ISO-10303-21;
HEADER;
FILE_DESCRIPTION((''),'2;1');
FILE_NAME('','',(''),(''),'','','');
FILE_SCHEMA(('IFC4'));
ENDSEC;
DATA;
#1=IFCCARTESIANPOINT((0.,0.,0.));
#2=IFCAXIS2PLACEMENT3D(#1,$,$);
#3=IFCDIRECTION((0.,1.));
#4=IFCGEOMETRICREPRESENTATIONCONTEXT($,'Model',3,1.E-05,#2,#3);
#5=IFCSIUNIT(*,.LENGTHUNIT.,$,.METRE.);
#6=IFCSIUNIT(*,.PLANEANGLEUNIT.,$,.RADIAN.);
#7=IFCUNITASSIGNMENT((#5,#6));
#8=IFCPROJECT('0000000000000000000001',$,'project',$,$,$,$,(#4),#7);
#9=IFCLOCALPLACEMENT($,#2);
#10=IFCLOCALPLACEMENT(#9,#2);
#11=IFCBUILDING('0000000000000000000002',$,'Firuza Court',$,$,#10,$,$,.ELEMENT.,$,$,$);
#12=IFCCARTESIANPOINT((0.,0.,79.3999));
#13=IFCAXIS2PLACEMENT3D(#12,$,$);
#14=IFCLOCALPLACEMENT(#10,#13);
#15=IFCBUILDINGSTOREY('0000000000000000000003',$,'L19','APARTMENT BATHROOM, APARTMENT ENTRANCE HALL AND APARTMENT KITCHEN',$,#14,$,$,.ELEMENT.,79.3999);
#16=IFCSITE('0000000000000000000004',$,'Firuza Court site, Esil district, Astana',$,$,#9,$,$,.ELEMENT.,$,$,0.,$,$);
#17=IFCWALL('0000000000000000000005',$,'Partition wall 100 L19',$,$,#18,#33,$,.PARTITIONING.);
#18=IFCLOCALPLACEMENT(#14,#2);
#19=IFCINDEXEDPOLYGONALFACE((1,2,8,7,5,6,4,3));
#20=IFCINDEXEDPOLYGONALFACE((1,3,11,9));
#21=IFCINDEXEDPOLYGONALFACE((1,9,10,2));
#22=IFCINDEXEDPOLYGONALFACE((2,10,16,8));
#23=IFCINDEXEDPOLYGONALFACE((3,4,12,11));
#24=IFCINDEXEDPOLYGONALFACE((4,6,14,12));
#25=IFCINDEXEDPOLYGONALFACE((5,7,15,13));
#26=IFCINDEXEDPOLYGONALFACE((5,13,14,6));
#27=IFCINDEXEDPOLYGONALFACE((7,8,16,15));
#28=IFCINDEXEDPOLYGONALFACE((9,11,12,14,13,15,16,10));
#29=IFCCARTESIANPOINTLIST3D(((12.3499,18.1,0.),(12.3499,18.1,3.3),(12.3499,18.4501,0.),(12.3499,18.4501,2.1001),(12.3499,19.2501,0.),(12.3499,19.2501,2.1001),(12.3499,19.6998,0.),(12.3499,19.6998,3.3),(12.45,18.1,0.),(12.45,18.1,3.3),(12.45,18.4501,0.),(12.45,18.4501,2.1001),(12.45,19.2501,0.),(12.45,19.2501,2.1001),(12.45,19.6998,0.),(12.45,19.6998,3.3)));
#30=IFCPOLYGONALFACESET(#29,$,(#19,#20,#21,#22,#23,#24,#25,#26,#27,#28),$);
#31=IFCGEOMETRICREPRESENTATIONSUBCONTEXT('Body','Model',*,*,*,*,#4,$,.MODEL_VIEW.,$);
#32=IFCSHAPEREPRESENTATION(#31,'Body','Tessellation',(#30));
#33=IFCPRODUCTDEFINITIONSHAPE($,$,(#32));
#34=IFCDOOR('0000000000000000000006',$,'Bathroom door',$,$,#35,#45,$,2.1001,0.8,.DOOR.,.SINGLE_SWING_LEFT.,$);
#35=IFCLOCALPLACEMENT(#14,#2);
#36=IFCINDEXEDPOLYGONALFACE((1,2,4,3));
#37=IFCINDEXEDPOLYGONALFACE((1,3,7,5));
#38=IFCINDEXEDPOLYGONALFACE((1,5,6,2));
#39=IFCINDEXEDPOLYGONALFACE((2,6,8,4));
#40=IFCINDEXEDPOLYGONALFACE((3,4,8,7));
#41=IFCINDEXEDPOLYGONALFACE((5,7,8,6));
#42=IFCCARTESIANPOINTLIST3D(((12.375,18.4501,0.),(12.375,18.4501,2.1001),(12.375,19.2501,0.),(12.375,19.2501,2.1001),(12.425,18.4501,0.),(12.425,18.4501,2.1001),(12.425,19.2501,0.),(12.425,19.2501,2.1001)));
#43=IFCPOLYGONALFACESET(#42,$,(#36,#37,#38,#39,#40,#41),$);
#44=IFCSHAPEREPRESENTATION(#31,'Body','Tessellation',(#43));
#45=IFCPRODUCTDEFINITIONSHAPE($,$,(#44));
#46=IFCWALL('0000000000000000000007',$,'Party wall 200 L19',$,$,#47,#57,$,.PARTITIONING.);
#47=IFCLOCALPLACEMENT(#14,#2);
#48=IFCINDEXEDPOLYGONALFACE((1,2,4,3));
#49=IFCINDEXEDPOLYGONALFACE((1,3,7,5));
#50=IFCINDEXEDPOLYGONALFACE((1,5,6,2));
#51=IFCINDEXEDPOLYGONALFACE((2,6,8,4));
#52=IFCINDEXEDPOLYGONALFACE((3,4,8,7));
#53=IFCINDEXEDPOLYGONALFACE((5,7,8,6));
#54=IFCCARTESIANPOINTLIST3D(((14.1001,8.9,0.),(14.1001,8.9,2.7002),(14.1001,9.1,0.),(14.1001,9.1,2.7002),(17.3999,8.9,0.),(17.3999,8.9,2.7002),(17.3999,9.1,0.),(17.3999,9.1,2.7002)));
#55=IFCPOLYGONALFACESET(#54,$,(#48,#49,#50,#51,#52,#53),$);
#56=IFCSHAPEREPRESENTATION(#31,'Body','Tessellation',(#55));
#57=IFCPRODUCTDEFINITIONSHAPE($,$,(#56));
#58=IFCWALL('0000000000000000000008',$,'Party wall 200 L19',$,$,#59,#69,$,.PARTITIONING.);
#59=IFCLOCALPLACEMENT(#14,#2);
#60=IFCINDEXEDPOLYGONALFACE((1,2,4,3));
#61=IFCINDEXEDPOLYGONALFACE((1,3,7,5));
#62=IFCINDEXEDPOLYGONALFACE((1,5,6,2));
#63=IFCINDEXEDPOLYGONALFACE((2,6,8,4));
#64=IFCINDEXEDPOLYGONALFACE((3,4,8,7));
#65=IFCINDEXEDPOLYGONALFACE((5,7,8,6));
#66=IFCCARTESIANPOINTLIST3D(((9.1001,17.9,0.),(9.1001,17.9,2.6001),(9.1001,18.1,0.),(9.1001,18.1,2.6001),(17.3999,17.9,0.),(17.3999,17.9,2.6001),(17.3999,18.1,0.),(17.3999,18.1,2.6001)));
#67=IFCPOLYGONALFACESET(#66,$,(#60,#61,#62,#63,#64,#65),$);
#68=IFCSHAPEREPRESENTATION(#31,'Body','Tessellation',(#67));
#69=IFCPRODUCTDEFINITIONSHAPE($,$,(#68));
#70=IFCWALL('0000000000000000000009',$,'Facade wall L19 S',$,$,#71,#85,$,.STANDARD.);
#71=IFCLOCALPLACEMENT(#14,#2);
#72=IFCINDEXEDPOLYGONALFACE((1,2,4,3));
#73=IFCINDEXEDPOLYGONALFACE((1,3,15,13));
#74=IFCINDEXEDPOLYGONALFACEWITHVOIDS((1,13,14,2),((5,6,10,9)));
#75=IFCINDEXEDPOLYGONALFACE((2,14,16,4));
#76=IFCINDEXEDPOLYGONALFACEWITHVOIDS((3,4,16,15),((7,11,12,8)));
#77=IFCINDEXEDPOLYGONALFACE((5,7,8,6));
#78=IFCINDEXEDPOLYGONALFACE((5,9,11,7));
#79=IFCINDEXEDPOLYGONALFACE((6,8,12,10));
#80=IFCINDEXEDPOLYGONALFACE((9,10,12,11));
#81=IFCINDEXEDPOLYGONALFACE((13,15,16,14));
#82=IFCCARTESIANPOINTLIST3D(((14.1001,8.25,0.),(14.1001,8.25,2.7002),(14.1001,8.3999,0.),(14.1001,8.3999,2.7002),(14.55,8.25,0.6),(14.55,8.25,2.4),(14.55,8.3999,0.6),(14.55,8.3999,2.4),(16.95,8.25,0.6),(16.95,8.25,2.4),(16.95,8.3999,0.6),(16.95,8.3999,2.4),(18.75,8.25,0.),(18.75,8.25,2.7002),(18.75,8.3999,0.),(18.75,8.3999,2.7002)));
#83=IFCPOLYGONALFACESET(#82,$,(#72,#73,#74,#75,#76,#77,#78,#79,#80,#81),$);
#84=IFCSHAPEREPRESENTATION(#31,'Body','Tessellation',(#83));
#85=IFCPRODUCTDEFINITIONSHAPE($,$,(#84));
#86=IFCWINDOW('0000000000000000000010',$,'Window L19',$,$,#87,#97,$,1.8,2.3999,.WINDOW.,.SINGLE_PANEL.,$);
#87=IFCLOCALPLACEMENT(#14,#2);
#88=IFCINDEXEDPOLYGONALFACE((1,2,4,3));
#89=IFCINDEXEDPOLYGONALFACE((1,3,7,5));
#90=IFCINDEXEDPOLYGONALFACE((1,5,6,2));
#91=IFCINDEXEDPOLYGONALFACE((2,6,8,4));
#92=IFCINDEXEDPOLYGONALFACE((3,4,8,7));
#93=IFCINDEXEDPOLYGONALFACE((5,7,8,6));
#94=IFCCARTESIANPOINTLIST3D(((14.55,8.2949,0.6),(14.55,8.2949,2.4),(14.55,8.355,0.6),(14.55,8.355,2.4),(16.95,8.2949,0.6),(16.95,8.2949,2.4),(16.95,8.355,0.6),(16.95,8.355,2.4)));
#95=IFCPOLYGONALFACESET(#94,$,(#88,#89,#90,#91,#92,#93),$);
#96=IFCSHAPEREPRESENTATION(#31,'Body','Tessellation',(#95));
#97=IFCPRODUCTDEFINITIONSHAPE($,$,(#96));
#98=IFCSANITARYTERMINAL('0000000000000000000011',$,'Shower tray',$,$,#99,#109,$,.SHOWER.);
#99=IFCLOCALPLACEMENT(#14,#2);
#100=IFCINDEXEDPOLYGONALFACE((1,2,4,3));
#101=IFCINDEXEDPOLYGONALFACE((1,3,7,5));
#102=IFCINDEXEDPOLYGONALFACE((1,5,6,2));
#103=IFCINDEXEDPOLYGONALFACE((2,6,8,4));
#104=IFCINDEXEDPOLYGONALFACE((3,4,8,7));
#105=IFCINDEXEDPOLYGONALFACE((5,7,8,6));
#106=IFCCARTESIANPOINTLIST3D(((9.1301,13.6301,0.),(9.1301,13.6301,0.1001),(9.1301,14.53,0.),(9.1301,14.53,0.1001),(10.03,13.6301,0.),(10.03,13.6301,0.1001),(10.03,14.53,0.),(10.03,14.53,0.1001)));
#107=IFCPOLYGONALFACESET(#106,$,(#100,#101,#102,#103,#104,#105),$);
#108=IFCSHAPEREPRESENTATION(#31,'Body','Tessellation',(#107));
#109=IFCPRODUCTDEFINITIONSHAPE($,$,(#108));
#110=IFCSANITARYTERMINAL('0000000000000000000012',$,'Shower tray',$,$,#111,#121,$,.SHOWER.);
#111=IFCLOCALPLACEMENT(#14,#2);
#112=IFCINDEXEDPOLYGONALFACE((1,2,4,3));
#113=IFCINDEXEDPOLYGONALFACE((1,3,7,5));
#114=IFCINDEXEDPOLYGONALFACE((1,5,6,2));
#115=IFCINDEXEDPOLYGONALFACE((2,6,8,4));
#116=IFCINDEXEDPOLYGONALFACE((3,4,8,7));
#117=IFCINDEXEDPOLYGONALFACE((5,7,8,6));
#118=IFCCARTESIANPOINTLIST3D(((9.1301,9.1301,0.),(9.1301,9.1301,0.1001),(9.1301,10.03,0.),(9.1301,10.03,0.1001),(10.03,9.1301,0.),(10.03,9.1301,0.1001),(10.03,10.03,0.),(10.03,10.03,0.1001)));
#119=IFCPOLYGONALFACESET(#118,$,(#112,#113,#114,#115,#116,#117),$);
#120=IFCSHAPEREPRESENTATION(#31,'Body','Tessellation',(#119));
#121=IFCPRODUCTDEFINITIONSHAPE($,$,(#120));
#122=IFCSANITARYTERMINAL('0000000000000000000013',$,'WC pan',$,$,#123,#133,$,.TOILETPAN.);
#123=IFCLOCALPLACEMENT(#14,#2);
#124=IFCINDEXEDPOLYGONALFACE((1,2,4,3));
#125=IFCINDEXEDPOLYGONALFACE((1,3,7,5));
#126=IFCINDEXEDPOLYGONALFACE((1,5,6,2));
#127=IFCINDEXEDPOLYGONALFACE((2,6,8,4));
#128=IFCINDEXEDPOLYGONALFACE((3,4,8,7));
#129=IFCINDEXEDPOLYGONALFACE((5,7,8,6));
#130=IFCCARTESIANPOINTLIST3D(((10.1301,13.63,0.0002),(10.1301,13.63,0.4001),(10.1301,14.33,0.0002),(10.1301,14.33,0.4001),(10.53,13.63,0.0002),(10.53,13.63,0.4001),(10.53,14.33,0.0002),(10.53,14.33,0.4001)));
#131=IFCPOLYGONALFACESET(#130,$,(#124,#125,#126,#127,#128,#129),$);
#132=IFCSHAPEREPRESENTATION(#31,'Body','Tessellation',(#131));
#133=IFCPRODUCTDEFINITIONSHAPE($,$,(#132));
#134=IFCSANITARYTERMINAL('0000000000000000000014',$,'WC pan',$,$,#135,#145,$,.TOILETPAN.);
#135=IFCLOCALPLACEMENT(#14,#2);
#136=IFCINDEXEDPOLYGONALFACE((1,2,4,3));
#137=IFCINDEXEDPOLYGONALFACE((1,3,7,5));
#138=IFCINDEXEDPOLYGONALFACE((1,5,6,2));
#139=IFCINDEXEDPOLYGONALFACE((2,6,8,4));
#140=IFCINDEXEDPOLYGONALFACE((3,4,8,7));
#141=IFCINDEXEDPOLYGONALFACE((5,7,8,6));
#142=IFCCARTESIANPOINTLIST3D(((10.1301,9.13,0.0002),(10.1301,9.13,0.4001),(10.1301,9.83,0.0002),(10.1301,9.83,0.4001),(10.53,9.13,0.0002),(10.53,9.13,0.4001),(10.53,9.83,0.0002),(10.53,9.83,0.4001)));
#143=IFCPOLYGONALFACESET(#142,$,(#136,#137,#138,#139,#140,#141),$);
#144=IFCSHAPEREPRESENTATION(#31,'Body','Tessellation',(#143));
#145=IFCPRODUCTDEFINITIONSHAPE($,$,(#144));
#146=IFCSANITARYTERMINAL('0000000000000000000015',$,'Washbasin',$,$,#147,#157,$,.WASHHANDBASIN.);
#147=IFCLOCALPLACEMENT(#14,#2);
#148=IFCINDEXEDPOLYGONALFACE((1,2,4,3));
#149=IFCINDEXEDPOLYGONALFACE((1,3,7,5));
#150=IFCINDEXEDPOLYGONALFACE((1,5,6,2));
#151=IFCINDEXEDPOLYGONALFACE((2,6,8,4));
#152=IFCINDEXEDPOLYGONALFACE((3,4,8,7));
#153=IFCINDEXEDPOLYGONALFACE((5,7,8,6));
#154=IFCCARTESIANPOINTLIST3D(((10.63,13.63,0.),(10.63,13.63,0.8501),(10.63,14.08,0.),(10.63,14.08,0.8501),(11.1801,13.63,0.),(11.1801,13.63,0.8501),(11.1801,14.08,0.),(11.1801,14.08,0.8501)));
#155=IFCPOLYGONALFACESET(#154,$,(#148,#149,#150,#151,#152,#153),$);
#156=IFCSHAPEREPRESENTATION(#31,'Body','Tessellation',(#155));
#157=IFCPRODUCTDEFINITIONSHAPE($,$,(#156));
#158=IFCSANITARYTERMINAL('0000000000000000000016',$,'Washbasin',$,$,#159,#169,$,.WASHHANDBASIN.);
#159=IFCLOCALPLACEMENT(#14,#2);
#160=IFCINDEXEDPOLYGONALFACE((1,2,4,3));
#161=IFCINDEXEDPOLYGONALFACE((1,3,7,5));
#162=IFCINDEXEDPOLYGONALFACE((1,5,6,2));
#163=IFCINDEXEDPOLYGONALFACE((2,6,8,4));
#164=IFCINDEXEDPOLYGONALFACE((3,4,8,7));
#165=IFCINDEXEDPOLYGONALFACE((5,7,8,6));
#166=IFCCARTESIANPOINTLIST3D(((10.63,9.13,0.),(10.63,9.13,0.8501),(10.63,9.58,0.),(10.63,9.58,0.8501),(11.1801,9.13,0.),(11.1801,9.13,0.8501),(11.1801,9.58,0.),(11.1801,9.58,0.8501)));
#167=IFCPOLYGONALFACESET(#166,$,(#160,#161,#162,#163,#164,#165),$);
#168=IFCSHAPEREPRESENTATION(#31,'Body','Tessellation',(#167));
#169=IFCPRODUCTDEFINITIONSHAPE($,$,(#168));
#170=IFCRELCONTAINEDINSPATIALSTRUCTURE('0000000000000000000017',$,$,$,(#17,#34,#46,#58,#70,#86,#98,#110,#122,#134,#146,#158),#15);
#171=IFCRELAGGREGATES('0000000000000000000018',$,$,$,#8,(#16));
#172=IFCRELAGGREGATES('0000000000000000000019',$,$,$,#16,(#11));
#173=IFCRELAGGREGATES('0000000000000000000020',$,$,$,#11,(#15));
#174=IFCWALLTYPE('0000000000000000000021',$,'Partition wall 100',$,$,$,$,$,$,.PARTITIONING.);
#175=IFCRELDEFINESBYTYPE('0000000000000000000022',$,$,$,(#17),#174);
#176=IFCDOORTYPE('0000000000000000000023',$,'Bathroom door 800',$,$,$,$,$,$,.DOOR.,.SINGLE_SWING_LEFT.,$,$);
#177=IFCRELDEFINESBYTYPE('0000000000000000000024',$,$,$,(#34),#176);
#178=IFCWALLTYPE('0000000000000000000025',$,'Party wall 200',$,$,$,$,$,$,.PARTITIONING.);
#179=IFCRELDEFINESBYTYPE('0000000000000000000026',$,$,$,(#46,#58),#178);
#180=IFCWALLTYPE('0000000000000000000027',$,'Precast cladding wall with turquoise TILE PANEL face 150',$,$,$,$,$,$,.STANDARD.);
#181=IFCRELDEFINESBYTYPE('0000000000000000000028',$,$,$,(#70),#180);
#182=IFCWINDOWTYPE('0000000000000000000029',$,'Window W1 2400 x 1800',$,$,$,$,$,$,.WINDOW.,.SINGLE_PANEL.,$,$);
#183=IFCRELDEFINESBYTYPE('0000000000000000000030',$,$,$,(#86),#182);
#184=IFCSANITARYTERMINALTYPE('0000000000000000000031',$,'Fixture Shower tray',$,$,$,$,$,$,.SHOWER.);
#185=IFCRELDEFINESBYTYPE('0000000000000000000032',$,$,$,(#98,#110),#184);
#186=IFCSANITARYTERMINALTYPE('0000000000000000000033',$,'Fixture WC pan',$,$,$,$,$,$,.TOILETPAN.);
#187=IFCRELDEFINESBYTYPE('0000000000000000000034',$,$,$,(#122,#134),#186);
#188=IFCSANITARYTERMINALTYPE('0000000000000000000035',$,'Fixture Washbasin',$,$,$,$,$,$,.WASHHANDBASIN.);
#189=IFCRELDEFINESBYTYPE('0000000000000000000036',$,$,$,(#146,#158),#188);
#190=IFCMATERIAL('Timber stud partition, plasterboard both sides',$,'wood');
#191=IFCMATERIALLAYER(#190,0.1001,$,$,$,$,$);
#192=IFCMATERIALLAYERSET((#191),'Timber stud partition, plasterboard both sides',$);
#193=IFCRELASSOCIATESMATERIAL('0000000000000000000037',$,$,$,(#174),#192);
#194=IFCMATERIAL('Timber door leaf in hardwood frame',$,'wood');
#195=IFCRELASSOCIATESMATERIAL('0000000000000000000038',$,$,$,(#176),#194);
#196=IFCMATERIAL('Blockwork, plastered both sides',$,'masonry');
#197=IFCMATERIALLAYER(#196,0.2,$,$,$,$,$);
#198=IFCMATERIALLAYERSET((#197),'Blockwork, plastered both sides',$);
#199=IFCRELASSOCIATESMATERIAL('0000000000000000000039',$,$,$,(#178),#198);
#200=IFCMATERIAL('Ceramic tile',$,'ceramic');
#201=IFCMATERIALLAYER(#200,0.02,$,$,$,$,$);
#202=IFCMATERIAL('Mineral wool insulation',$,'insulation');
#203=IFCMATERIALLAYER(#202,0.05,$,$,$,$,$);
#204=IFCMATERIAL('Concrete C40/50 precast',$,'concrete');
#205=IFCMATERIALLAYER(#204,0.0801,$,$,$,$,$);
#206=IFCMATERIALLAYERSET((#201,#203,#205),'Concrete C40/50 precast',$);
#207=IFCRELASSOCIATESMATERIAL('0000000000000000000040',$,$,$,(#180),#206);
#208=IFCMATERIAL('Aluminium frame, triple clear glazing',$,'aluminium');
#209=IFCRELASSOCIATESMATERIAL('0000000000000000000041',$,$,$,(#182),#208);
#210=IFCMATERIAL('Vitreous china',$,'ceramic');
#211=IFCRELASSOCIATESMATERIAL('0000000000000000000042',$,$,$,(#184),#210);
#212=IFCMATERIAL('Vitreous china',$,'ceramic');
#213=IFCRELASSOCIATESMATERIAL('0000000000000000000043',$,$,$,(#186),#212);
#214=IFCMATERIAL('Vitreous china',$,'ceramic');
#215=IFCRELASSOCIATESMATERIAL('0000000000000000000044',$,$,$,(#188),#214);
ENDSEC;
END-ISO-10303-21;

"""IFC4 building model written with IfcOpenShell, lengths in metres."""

from ifc_helpers import new_model, si_unit, direction, frame, frame_2d, origin, origin_2d, place, context, subcontext, project, spatial, rectangle, extrude, material, layer, layer_set, type_object, element, fill, save


model = new_model("IFC4")

# Units and contexts
model_context = context("Model", 3, precision=1e-05, world=origin(), true_north=direction((0.0, 1.0)))
body_context = subcontext(model_context, "Body", "Model", "MODEL_VIEW")
ifc_project = project(units=[si_unit("LENGTHUNIT", "METRE"), si_unit("PLANEANGLEUNIT", "RADIAN")], contexts=[model_context])

# Site, building, storey
site_placement = place(None, origin())
site = spatial("IfcSite", under=ifc_project, at=site_placement, Name="Firuza Court site, Esil district, Astana", CompositionType="ELEMENT", RefElevation=0.0)
building_placement = place(site_placement, origin())
building = spatial("IfcBuilding", under=site, at=building_placement, Name="Firuza Court", CompositionType="ELEMENT")
storey_placement = place(building_placement, frame((0.0, 0.0, 79.3999)))
storey = spatial("IfcBuildingStorey", under=building, at=storey_placement, Name="L19", Description="APARTMENT BATHROOM, APARTMENT ENTRANCE HALL AND APARTMENT KITCHEN", CompositionType="ELEMENT", Elevation=79.3999)

# Shared definitions
ifc_material_1 = material(Name="Timber stud partition, plasterboard both sides", Category="wood")
ifc_layer_1 = layer(ifc_material_1, 0.1001)
ifc_layer_set_1 = layer_set([ifc_layer_1], Name="Timber stud partition, plasterboard both sides")
wall_type_1 = type_object("IfcWallType", Name="Partition wall 100", PredefinedType="PARTITIONING", material=ifc_layer_set_1)
ifc_material_2 = material(Name="Timber door leaf in hardwood frame", Category="wood")
door_type_1 = type_object("IfcDoorType", Name="Bathroom door 800", OperationType="SINGLE_SWING_LEFT", PredefinedType="DOOR", material=ifc_material_2)

# Wall, opening, door
wall_1_placement = place(storey_placement, frame((12.3999, 18.1001, 0.0), z_axis=(0.0, 0.0, 1.0), x_axis=(0.0, 1.0, 0.0)))
wall_1 = element("IfcWall", 1, at=wall_1_placement, inside=storey, type_object=wall_type_1, Name="Partition wall 100 L19", PredefinedType="PARTITIONING", context=body_context, shape_type="SweptSolid", body=[
    extrude(rectangle(XDim=1.5999, YDim=0.1001, at=frame_2d((0.7998, 0.0))), origin(), (0.0, 0.0, 1.0), 3.3),
])
opening_1_placement = place(wall_1_placement, frame((0.3501, 0.0, 0.0)))
opening_1 = element("IfcOpeningElement", 2, at=opening_1_placement, cuts=wall_1, PredefinedType="OPENING", context=body_context, shape_type="SweptSolid", body=[
    extrude(rectangle(XDim=0.8, YDim=2.1001, at=frame_2d((0.3999, 1.05))), frame((0.0, 0.062, 0.0), z_axis=(0.0, -1.0, 0.0), x_axis=(1.0, 0.0, 0.0)), (0.0, 0.0, 1.0), 0.124),
])
door_1_placement = place(opening_1_placement, origin())
door_1 = element("IfcDoor", 3, at=door_1_placement, inside=storey, type_object=door_type_1, Name="Bathroom door", OperationType="SINGLE_SWING_LEFT", OverallHeight=2.1001, OverallWidth=0.8, PredefinedType="DOOR", context=body_context, shape_type="SweptSolid", body=[
    extrude(rectangle(XDim=0.8, YDim=2.1001, at=frame_2d((0.3999, 1.05))), frame((0.0, 0.0249, 0.0), z_axis=(0.0, -1.0, 0.0), x_axis=(1.0, 0.0, 0.0)), (0.0, 0.0, 1.0), 0.05),
])
fill(opening_1, door_1)

# Walls
ifc_material_3 = material(Name="Blockwork, plastered both sides", Category="masonry")
ifc_layer_2 = layer(ifc_material_3, 0.2)
ifc_layer_set_2 = layer_set([ifc_layer_2], Name="Blockwork, plastered both sides")
wall_type_2 = type_object("IfcWallType", Name="Party wall 200", PredefinedType="PARTITIONING", material=ifc_layer_set_2)
wall_2_placement = place(storey_placement, frame((14.1001, 9.0, 0.0), z_axis=(0.0, 0.0, 1.0), x_axis=(1.0, 0.0, 0.0)))
element("IfcWall", 4, at=wall_2_placement, inside=storey, type_object=wall_type_2, Name="Party wall 200 L19", PredefinedType="PARTITIONING", context=body_context, shape_type="SweptSolid", body=[
    extrude(rectangle(XDim=3.2998, YDim=0.2, at=frame_2d((1.6499, 0.0))), origin(), (0.0, 0.0, 1.0), 2.7002),
])
wall_3_placement = place(storey_placement, frame((9.1001, 18.0, 0.0), z_axis=(0.0, 0.0, 1.0), x_axis=(1.0, 0.0, 0.0)))
element("IfcWall", 5, at=wall_3_placement, inside=storey, type_object=wall_type_2, Name="Party wall 200 L19", PredefinedType="PARTITIONING", context=body_context, shape_type="SweptSolid", body=[
    extrude(rectangle(XDim=8.2998, YDim=0.2, at=frame_2d((4.1499, 0.0))), origin(), (0.0, 0.0, 1.0), 2.6001),
])

# Wall, opening, window
ifc_material_4 = material(Name="Ceramic tile", Category="ceramic")
ifc_layer_3 = layer(ifc_material_4, 0.02)
ifc_material_5 = material(Name="Mineral wool insulation", Category="insulation")
ifc_layer_4 = layer(ifc_material_5, 0.05)
ifc_material_6 = material(Name="Concrete C40/50 precast", Category="concrete")
ifc_layer_5 = layer(ifc_material_6, 0.0801)
ifc_layer_set_3 = layer_set([ifc_layer_3, ifc_layer_4, ifc_layer_5], Name="Concrete C40/50 precast")
wall_type_3 = type_object("IfcWallType", Name="Precast cladding wall with turquoise TILE PANEL face 150", PredefinedType="STANDARD", material=ifc_layer_set_3)
wall_4_placement = place(storey_placement, frame((14.1001, 8.325, 0.0), z_axis=(0.0, 0.0, 1.0), x_axis=(1.0, 0.0, 0.0)))
wall_4 = element("IfcWall", 6, at=wall_4_placement, inside=storey, type_object=wall_type_3, Name="Facade wall L19 S", PredefinedType="STANDARD", context=body_context, shape_type="SweptSolid", body=[
    extrude(rectangle(XDim=4.6499, YDim=0.1499, at=frame_2d((2.325, 0.0))), origin(), (0.0, 0.0, 1.0), 2.7002),
])
opening_2_placement = place(wall_4_placement, frame((0.45, 0.0, 0.6001)))
opening_2 = element("IfcOpeningElement", 7, at=opening_2_placement, cuts=wall_4, PredefinedType="OPENING", context=body_context, shape_type="SweptSolid", body=[
    extrude(rectangle(XDim=2.3999, YDim=1.8, at=frame_2d((1.2, 0.8999))), frame((0.0, 0.0869, 0.0), z_axis=(0.0, -1.0, 0.0), x_axis=(1.0, 0.0, 0.0)), (0.0, 0.0, 1.0), 0.1738),
])
ifc_material_7 = material(Name="Aluminium frame, triple clear glazing", Category="aluminium")
window_type = type_object("IfcWindowType", Name="Window W1 2400 x 1800", PartitioningType="SINGLE_PANEL", PredefinedType="WINDOW", material=ifc_material_7)
window_placement = place(opening_2_placement, origin())
window = element("IfcWindow", 8, at=window_placement, inside=storey, type_object=window_type, Name="Window L19", OverallHeight=1.8, OverallWidth=2.3999, PartitioningType="SINGLE_PANEL", PredefinedType="WINDOW", context=body_context, shape_type="SweptSolid", body=[
    extrude(rectangle(XDim=2.3999, YDim=1.8, at=frame_2d((1.2, 0.8999))), frame((0.0, 0.03, 0.0), z_axis=(0.0, -1.0, 0.0), x_axis=(1.0, 0.0, 0.0)), (0.0, 0.0, 1.0), 0.0601),
])
fill(opening_2, window)

# Sanitary terminals
ifc_material_8 = material(Name="Vitreous china", Category="ceramic")
sanitary_terminal_type_1 = type_object("IfcSanitaryTerminalType", Name="Fixture Shower tray", PredefinedType="SHOWER", material=ifc_material_8)
for number, where, z_axis, x_axis, name in (
    (9, (9.5801, 14.0801, 0.0), (0.0, 0.0, 1.0), (1.0, 0.0, 0.0), "Shower tray"),
    (10, (9.5801, 9.5801, 0.0), (0.0, 0.0, 1.0), (1.0, 0.0, 0.0), "Shower tray"),
):
    element("IfcSanitaryTerminal", number, at=place(storey_placement, frame(where, z_axis=z_axis, x_axis=x_axis)), inside=storey, type_object=sanitary_terminal_type_1, Name=name, PredefinedType="SHOWER", context=body_context, shape_type="SweptSolid", body=[
        extrude(rectangle(XDim=0.8999, YDim=0.8999, at=origin_2d()), origin(), (0.0, 0.0, 1.0), 0.1001),
    ])
ifc_material_9 = material(Name="Vitreous china", Category="ceramic")
sanitary_terminal_type_2 = type_object("IfcSanitaryTerminalType", Name="Fixture WC pan", PredefinedType="TOILETPAN", material=ifc_material_9)
for number, where, z_axis, x_axis, name in (
    (11, (10.3301, 13.98, 0.0002), (0.0, 0.0, 1.0), (1.0, 0.0, 0.0), "WC pan"),
    (12, (10.3301, 9.48, 0.0002), (0.0, 0.0, 1.0), (1.0, 0.0, 0.0), "WC pan"),
):
    element("IfcSanitaryTerminal", number, at=place(storey_placement, frame(where, z_axis=z_axis, x_axis=x_axis)), inside=storey, type_object=sanitary_terminal_type_2, Name=name, PredefinedType="TOILETPAN", context=body_context, shape_type="SweptSolid", body=[
        extrude(rectangle(XDim=0.3999, YDim=0.7, at=origin_2d()), origin(), (0.0, 0.0, 1.0), 0.3999),
    ])
ifc_material_10 = material(Name="Vitreous china", Category="ceramic")
sanitary_terminal_type_3 = type_object("IfcSanitaryTerminalType", Name="Fixture Washbasin", PredefinedType="WASHHANDBASIN", material=ifc_material_10)
for number, where, z_axis, x_axis, name in (
    (13, (10.905, 13.855, 0.0), (0.0, 0.0, 1.0), (1.0, 0.0, 0.0), "Washbasin"),
    (14, (10.905, 9.355, 0.0), (0.0, 0.0, 1.0), (1.0, 0.0, 0.0), "Washbasin"),
):
    element("IfcSanitaryTerminal", number, at=place(storey_placement, frame(where, z_axis=z_axis, x_axis=x_axis)), inside=storey, type_object=sanitary_terminal_type_3, Name=name, PredefinedType="WASHHANDBASIN", context=body_context, shape_type="SweptSolid", body=[
        extrude(rectangle(XDim=0.55, YDim=0.45, at=origin_2d()), origin(), (0.0, 0.0, 1.0), 0.8501),
    ])

save(model, "model.ifc")
